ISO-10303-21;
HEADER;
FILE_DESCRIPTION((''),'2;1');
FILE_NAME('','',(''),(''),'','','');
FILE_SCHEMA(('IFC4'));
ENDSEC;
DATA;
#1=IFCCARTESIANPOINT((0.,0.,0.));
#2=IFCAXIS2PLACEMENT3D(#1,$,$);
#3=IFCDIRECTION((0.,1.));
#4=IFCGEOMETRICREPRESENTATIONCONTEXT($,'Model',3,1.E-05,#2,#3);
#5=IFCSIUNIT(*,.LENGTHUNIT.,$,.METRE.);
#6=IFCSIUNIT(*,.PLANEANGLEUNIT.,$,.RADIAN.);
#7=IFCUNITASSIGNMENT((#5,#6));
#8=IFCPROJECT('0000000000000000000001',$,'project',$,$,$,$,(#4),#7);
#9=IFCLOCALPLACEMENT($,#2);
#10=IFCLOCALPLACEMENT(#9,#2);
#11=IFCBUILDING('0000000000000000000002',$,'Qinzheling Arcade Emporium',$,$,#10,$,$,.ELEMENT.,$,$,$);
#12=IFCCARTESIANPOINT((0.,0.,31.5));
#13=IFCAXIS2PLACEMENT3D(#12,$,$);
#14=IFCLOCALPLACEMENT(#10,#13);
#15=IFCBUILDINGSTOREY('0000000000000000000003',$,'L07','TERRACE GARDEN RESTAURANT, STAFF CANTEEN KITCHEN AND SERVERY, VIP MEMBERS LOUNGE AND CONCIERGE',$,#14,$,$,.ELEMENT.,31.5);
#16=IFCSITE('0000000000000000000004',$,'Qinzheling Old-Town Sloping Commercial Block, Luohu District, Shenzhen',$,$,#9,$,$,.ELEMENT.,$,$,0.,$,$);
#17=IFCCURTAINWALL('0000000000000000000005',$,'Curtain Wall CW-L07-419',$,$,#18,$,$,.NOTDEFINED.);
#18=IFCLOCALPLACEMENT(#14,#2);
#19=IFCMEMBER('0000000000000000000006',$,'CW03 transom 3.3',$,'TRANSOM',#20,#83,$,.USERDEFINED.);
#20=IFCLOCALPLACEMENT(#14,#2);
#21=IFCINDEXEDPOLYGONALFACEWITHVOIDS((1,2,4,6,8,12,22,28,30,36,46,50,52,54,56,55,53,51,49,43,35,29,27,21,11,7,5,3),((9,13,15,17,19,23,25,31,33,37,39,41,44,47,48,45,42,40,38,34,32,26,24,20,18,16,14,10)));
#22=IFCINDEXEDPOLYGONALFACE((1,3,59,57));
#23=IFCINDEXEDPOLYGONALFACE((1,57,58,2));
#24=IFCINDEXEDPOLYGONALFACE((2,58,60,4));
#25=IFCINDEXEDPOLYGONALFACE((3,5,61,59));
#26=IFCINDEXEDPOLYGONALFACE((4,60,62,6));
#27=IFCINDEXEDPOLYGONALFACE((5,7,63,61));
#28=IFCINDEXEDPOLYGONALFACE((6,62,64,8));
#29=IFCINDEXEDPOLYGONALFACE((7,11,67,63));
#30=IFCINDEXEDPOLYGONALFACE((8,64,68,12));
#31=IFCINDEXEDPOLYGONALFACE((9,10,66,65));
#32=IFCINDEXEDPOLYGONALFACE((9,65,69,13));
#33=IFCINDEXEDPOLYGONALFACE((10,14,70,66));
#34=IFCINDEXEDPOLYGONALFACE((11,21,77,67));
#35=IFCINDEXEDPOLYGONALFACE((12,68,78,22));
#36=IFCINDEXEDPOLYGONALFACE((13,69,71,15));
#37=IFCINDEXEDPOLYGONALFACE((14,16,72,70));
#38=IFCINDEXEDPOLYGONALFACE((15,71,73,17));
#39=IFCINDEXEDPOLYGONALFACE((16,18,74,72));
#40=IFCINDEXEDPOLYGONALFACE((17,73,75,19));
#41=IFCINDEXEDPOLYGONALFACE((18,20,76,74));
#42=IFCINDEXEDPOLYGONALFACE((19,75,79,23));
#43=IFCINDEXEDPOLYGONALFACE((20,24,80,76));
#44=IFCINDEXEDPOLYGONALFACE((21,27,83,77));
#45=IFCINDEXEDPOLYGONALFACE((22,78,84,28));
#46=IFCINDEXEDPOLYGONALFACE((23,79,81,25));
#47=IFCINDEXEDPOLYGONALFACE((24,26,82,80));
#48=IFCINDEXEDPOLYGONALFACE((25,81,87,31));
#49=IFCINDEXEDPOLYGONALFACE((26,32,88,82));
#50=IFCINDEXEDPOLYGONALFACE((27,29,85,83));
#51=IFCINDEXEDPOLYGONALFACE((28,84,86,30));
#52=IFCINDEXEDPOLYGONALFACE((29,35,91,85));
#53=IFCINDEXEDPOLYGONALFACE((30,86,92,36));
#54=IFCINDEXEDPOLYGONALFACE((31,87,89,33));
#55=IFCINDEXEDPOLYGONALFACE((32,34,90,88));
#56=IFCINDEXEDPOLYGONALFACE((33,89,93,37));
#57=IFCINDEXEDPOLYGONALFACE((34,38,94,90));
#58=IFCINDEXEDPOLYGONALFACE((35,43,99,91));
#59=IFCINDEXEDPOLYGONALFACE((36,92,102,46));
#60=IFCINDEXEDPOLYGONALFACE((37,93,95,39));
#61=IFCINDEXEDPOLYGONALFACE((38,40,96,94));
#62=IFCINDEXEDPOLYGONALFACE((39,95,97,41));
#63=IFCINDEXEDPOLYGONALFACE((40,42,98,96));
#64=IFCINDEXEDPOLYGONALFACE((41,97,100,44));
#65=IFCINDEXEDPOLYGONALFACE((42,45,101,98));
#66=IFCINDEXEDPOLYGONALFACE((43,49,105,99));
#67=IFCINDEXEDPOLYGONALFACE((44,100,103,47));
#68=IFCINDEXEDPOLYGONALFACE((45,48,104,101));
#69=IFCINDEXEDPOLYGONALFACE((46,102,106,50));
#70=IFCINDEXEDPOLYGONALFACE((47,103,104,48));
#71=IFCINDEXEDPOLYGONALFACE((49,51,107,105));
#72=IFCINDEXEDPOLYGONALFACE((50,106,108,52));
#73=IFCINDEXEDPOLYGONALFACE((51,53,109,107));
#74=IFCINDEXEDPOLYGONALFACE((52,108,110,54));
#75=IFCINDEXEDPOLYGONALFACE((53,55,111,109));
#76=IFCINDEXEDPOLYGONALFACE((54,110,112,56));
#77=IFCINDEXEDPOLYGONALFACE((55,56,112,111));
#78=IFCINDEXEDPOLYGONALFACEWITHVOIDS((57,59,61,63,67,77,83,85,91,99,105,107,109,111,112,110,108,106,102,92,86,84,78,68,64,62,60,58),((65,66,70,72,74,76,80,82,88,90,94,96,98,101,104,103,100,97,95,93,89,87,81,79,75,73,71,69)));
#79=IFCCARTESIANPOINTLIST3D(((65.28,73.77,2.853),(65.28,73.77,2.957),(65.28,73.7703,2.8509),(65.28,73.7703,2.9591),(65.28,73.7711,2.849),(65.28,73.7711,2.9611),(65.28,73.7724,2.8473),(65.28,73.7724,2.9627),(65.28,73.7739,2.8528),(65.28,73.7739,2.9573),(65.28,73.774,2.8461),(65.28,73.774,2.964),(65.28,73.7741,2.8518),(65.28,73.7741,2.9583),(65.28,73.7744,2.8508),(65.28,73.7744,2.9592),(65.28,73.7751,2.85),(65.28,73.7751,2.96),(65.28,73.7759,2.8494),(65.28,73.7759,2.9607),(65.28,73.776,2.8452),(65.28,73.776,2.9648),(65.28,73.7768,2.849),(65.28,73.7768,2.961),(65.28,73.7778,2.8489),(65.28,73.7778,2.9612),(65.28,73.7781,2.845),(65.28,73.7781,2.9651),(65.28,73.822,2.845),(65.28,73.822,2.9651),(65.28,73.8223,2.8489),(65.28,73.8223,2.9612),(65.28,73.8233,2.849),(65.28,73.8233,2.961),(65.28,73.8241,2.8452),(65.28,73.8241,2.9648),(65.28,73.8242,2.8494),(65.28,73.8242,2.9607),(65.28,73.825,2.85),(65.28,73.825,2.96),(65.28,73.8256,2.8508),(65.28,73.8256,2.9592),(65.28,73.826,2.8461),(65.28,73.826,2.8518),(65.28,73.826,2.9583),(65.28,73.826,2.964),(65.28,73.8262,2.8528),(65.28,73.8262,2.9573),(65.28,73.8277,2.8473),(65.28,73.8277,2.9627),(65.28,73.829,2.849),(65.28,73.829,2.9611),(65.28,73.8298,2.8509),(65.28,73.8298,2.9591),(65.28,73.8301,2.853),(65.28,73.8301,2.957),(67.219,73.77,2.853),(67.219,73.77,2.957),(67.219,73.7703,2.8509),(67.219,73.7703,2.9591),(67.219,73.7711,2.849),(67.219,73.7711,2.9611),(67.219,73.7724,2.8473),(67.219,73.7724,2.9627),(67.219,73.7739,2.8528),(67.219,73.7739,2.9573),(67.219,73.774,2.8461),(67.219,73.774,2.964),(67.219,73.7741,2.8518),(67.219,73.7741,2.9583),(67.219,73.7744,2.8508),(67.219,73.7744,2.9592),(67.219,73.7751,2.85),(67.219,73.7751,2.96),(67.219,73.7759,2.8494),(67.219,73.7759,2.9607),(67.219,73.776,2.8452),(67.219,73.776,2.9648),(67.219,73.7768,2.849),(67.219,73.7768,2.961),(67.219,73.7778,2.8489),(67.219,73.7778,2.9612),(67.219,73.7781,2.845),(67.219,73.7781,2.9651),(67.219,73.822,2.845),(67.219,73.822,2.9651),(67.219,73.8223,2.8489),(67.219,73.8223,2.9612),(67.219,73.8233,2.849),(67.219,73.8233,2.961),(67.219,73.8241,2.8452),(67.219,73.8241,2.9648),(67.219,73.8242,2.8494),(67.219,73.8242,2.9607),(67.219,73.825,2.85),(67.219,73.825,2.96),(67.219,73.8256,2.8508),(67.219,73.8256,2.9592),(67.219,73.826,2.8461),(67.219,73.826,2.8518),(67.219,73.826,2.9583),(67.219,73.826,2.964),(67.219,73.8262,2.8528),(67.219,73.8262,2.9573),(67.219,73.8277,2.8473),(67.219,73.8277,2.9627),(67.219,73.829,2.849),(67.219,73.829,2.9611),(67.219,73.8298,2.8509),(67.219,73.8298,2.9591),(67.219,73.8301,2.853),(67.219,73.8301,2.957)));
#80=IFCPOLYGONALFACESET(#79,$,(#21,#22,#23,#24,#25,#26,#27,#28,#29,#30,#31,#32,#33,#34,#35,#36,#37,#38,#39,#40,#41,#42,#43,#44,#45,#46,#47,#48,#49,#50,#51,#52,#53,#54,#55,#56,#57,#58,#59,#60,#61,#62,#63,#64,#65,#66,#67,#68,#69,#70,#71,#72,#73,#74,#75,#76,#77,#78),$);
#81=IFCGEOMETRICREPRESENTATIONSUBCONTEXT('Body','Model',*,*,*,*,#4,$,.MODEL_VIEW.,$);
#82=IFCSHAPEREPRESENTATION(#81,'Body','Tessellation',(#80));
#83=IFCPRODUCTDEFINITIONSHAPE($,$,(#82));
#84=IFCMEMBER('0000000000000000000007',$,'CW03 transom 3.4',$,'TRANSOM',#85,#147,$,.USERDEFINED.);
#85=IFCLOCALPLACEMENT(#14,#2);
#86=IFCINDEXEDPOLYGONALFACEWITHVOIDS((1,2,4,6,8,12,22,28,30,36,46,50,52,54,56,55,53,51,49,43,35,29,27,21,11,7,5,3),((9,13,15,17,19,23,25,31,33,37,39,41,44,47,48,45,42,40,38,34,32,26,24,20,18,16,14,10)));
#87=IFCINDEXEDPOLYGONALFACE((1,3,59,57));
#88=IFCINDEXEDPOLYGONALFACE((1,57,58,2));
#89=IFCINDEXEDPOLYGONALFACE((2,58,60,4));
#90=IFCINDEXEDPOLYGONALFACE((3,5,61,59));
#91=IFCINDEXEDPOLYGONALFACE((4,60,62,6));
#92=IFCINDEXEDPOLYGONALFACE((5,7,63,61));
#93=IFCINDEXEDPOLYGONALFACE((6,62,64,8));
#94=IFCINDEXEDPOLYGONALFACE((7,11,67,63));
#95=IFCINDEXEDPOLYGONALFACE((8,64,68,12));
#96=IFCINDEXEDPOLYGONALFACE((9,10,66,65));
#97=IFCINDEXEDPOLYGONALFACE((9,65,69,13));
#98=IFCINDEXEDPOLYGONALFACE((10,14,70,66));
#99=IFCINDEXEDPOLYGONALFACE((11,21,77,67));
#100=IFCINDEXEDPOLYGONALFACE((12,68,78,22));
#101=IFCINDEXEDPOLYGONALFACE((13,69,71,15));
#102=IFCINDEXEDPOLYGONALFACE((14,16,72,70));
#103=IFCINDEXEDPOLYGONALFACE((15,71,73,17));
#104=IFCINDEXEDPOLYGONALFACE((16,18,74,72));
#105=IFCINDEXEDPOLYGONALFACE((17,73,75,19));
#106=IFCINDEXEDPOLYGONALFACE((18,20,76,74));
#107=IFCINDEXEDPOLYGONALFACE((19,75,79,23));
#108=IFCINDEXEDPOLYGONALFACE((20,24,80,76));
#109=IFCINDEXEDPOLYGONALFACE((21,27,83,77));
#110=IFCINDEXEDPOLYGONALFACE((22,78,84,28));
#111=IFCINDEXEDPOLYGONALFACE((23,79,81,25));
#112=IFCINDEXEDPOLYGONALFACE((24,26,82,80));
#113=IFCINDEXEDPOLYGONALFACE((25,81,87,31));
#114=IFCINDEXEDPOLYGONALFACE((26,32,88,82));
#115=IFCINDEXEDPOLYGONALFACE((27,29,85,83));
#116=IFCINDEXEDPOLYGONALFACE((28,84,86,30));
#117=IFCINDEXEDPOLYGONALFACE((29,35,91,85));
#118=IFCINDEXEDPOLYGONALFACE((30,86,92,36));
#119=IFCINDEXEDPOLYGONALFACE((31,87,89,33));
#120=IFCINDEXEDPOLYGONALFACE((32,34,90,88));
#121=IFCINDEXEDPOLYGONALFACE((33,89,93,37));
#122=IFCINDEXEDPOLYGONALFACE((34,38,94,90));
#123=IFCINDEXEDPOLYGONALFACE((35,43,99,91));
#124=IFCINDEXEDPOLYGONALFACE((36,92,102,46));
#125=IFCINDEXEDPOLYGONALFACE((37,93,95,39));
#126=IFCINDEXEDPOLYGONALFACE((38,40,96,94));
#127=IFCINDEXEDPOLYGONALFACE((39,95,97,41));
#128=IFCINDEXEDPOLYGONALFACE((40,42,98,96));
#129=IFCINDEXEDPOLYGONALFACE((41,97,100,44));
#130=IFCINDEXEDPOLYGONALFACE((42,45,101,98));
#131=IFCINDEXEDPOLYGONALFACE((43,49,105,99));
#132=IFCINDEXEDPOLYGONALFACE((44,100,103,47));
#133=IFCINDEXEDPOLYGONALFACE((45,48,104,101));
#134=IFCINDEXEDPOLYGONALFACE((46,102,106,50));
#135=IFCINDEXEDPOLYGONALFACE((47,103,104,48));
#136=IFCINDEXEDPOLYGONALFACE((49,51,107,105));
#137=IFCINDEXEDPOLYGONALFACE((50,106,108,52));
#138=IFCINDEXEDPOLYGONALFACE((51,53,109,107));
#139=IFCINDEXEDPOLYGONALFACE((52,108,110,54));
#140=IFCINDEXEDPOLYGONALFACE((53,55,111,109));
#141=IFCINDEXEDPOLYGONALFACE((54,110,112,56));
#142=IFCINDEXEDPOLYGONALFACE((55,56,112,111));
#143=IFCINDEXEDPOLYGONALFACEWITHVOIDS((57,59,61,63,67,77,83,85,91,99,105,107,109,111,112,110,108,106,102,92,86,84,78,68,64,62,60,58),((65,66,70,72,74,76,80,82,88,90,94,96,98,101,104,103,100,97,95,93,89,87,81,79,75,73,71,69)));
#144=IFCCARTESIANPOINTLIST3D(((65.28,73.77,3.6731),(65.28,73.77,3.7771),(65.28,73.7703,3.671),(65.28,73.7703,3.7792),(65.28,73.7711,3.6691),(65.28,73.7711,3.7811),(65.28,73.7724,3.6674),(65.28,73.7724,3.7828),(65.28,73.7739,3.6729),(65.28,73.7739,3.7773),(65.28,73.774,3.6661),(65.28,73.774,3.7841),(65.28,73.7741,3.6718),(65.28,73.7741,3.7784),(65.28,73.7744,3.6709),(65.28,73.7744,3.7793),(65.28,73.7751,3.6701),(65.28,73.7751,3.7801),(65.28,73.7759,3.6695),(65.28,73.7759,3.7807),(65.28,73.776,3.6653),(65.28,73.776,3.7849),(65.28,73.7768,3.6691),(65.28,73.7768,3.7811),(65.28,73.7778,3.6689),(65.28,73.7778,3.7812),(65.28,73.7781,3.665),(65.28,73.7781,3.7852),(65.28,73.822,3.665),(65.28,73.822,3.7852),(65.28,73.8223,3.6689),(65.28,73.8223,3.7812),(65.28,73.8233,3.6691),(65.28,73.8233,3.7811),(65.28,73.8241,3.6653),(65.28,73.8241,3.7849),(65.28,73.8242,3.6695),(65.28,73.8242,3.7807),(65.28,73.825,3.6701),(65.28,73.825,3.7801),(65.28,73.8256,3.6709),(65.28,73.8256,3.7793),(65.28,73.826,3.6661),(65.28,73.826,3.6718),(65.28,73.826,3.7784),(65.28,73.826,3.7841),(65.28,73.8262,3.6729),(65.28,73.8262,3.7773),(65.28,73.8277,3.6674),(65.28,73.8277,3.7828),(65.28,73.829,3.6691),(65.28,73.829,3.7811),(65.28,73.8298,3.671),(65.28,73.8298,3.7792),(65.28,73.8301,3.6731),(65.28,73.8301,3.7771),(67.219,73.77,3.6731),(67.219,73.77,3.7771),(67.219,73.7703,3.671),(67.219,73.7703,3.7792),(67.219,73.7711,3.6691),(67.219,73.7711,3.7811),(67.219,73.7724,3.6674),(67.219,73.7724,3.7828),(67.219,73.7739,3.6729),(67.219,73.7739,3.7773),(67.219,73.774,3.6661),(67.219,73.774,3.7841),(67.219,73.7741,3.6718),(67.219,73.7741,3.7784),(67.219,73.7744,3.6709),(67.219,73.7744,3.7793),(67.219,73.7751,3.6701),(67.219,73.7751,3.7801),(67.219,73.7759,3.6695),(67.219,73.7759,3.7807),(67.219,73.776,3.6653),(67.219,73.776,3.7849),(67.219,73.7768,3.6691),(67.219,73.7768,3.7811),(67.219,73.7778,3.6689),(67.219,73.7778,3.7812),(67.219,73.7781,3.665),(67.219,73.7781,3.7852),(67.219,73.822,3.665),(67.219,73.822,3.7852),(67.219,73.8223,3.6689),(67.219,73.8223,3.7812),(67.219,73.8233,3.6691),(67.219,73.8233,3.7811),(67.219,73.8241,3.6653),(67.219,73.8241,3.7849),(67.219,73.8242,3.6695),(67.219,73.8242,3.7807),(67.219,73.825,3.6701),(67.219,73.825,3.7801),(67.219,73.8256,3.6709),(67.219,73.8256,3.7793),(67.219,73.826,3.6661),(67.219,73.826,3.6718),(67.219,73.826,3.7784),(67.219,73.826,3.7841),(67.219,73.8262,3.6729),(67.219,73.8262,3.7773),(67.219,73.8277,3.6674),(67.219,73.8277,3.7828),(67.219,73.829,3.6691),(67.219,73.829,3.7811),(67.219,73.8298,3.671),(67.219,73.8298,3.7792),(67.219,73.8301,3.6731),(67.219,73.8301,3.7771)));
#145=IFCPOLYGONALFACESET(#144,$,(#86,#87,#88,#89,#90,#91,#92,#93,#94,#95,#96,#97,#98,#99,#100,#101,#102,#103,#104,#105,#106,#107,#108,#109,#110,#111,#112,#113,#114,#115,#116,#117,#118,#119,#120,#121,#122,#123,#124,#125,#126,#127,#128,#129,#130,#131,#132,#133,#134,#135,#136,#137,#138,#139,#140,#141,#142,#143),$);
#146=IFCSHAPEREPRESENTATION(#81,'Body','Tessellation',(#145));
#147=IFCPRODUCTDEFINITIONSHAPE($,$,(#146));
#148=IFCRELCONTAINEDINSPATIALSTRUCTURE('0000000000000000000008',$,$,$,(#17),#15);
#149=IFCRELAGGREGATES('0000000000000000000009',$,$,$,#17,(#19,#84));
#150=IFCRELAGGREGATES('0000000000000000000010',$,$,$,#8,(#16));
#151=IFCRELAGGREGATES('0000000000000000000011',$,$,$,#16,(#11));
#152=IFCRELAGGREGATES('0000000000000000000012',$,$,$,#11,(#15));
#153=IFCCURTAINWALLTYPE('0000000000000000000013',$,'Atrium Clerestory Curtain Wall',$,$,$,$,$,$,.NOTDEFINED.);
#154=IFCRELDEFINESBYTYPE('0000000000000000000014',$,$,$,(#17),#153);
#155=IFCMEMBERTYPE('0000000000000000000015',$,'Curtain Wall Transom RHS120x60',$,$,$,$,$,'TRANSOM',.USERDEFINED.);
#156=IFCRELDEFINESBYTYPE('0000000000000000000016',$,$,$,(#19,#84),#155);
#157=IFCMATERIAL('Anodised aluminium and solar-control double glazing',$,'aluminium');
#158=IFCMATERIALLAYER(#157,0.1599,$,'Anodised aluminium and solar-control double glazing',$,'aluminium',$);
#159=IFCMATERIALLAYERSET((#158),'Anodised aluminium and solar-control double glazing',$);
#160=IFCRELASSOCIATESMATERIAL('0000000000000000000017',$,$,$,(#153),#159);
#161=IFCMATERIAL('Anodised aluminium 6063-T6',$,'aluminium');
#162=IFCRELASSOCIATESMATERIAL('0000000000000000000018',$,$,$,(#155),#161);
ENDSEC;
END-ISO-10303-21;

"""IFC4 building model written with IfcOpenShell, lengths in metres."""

from ifc_helpers import new_model, si_unit, direction, frame, origin, origin_2d, place, context, subcontext, project, spatial, hollow_rectangle, extrude, material, layer, layer_set, material_profile, profile_set, type_object, element, aggregate, save


model = new_model("IFC4")

# Units and contexts
model_context = context("Model", 3, precision=1e-05, world=origin(), true_north=direction((0.0, 1.0)))
body_context = subcontext(model_context, "Body", "Model", "MODEL_VIEW")
ifc_project = project(units=[si_unit("LENGTHUNIT", "METRE"), si_unit("PLANEANGLEUNIT", "RADIAN")], contexts=[model_context])

# Site, building, storey
site_placement = place(None, origin())
site = spatial("IfcSite", under=ifc_project, at=site_placement, Name="Qinzheling Old-Town Sloping Commercial Block, Luohu District, Shenzhen", CompositionType="ELEMENT", RefElevation=0.0)
building_placement = place(site_placement, origin())
building = spatial("IfcBuilding", under=site, at=building_placement, Name="Qinzheling Arcade Emporium", CompositionType="ELEMENT")
storey_placement = place(building_placement, frame((0.0, 0.0, 31.5)))
storey = spatial("IfcBuildingStorey", under=building, at=storey_placement, Name="L07", Description="TERRACE GARDEN RESTAURANT, STAFF CANTEEN KITCHEN AND SERVERY, VIP MEMBERS LOUNGE AND CONCIERGE", CompositionType="ELEMENT", Elevation=31.5)

# Curtain wall, members
ifc_material_1 = material(Name="Anodised aluminium and solar-control double glazing", Category="aluminium")
ifc_layer_1 = layer(ifc_material_1, 0.1599, Name="Anodised aluminium and solar-control double glazing", Category="aluminium")
ifc_layer_set_1 = layer_set([ifc_layer_1], Name="Anodised aluminium and solar-control double glazing")
curtain_wall_type = type_object("IfcCurtainWallType", Name="Atrium Clerestory Curtain Wall", PredefinedType="NOTDEFINED", material=ifc_layer_set_1)
curtain_wall_placement = place(storey_placement, origin())
curtain_wall = element("IfcCurtainWall", 1, at=curtain_wall_placement, inside=storey, type_object=curtain_wall_type, Name="Curtain Wall CW-L07-419", PredefinedType="NOTDEFINED")
ifc_material_2 = material(Name="Anodised aluminium 6063-T6", Category="aluminium")
ifc_material_profile_1 = material_profile(ifc_material_2, hollow_rectangle(XDim=0.0601, YDim=0.1201, WallThickness=0.0039, InnerFilletRadius=0.0039, OuterFilletRadius=0.0081, at=origin_2d()), Name="RHS 120x60x4", Category="aluminium")
ifc_profile_set_1 = profile_set([ifc_material_profile_1], Name="Anodised aluminium 6063-T6")
member_type_1 = type_object("IfcMemberType", Name="Curtain Wall Transom RHS120x60", ElementType="TRANSOM", PredefinedType="USERDEFINED", material=ifc_profile_set_1)
member_1_placement = place(storey_placement, frame((65.28, 73.8, 2.905), z_axis=(1.0, 0.0, 0.0), x_axis=(0.0, 1.0, 0.0)))
member_1 = element("IfcMember", 2, at=member_1_placement, type_object=member_type_1, Name="CW03 transom 3.3", ObjectType="TRANSOM", PredefinedType="USERDEFINED", context=body_context, shape_type="SweptSolid", body=[
    extrude(hollow_rectangle(XDim=0.0601, YDim=0.1201, WallThickness=0.0039, InnerFilletRadius=0.0039, OuterFilletRadius=0.0081, at=origin_2d()), origin(), (0.0, 0.0, 1.0), 1.939),
])
member_2_placement = place(storey_placement, frame((65.28, 73.8, 3.7251), z_axis=(1.0, 0.0, 0.0), x_axis=(0.0, 1.0, 0.0)))
member_2 = element("IfcMember", 3, at=member_2_placement, type_object=member_type_1, Name="CW03 transom 3.4", ObjectType="TRANSOM", PredefinedType="USERDEFINED", context=body_context, shape_type="SweptSolid", body=[
    extrude(hollow_rectangle(XDim=0.0601, YDim=0.1201, WallThickness=0.0039, InnerFilletRadius=0.0039, OuterFilletRadius=0.0081, at=origin_2d()), origin(), (0.0, 0.0, 1.0), 1.939),
])

aggregate(curtain_wall, [member_1, member_2])

save(model, "model.ifc")
